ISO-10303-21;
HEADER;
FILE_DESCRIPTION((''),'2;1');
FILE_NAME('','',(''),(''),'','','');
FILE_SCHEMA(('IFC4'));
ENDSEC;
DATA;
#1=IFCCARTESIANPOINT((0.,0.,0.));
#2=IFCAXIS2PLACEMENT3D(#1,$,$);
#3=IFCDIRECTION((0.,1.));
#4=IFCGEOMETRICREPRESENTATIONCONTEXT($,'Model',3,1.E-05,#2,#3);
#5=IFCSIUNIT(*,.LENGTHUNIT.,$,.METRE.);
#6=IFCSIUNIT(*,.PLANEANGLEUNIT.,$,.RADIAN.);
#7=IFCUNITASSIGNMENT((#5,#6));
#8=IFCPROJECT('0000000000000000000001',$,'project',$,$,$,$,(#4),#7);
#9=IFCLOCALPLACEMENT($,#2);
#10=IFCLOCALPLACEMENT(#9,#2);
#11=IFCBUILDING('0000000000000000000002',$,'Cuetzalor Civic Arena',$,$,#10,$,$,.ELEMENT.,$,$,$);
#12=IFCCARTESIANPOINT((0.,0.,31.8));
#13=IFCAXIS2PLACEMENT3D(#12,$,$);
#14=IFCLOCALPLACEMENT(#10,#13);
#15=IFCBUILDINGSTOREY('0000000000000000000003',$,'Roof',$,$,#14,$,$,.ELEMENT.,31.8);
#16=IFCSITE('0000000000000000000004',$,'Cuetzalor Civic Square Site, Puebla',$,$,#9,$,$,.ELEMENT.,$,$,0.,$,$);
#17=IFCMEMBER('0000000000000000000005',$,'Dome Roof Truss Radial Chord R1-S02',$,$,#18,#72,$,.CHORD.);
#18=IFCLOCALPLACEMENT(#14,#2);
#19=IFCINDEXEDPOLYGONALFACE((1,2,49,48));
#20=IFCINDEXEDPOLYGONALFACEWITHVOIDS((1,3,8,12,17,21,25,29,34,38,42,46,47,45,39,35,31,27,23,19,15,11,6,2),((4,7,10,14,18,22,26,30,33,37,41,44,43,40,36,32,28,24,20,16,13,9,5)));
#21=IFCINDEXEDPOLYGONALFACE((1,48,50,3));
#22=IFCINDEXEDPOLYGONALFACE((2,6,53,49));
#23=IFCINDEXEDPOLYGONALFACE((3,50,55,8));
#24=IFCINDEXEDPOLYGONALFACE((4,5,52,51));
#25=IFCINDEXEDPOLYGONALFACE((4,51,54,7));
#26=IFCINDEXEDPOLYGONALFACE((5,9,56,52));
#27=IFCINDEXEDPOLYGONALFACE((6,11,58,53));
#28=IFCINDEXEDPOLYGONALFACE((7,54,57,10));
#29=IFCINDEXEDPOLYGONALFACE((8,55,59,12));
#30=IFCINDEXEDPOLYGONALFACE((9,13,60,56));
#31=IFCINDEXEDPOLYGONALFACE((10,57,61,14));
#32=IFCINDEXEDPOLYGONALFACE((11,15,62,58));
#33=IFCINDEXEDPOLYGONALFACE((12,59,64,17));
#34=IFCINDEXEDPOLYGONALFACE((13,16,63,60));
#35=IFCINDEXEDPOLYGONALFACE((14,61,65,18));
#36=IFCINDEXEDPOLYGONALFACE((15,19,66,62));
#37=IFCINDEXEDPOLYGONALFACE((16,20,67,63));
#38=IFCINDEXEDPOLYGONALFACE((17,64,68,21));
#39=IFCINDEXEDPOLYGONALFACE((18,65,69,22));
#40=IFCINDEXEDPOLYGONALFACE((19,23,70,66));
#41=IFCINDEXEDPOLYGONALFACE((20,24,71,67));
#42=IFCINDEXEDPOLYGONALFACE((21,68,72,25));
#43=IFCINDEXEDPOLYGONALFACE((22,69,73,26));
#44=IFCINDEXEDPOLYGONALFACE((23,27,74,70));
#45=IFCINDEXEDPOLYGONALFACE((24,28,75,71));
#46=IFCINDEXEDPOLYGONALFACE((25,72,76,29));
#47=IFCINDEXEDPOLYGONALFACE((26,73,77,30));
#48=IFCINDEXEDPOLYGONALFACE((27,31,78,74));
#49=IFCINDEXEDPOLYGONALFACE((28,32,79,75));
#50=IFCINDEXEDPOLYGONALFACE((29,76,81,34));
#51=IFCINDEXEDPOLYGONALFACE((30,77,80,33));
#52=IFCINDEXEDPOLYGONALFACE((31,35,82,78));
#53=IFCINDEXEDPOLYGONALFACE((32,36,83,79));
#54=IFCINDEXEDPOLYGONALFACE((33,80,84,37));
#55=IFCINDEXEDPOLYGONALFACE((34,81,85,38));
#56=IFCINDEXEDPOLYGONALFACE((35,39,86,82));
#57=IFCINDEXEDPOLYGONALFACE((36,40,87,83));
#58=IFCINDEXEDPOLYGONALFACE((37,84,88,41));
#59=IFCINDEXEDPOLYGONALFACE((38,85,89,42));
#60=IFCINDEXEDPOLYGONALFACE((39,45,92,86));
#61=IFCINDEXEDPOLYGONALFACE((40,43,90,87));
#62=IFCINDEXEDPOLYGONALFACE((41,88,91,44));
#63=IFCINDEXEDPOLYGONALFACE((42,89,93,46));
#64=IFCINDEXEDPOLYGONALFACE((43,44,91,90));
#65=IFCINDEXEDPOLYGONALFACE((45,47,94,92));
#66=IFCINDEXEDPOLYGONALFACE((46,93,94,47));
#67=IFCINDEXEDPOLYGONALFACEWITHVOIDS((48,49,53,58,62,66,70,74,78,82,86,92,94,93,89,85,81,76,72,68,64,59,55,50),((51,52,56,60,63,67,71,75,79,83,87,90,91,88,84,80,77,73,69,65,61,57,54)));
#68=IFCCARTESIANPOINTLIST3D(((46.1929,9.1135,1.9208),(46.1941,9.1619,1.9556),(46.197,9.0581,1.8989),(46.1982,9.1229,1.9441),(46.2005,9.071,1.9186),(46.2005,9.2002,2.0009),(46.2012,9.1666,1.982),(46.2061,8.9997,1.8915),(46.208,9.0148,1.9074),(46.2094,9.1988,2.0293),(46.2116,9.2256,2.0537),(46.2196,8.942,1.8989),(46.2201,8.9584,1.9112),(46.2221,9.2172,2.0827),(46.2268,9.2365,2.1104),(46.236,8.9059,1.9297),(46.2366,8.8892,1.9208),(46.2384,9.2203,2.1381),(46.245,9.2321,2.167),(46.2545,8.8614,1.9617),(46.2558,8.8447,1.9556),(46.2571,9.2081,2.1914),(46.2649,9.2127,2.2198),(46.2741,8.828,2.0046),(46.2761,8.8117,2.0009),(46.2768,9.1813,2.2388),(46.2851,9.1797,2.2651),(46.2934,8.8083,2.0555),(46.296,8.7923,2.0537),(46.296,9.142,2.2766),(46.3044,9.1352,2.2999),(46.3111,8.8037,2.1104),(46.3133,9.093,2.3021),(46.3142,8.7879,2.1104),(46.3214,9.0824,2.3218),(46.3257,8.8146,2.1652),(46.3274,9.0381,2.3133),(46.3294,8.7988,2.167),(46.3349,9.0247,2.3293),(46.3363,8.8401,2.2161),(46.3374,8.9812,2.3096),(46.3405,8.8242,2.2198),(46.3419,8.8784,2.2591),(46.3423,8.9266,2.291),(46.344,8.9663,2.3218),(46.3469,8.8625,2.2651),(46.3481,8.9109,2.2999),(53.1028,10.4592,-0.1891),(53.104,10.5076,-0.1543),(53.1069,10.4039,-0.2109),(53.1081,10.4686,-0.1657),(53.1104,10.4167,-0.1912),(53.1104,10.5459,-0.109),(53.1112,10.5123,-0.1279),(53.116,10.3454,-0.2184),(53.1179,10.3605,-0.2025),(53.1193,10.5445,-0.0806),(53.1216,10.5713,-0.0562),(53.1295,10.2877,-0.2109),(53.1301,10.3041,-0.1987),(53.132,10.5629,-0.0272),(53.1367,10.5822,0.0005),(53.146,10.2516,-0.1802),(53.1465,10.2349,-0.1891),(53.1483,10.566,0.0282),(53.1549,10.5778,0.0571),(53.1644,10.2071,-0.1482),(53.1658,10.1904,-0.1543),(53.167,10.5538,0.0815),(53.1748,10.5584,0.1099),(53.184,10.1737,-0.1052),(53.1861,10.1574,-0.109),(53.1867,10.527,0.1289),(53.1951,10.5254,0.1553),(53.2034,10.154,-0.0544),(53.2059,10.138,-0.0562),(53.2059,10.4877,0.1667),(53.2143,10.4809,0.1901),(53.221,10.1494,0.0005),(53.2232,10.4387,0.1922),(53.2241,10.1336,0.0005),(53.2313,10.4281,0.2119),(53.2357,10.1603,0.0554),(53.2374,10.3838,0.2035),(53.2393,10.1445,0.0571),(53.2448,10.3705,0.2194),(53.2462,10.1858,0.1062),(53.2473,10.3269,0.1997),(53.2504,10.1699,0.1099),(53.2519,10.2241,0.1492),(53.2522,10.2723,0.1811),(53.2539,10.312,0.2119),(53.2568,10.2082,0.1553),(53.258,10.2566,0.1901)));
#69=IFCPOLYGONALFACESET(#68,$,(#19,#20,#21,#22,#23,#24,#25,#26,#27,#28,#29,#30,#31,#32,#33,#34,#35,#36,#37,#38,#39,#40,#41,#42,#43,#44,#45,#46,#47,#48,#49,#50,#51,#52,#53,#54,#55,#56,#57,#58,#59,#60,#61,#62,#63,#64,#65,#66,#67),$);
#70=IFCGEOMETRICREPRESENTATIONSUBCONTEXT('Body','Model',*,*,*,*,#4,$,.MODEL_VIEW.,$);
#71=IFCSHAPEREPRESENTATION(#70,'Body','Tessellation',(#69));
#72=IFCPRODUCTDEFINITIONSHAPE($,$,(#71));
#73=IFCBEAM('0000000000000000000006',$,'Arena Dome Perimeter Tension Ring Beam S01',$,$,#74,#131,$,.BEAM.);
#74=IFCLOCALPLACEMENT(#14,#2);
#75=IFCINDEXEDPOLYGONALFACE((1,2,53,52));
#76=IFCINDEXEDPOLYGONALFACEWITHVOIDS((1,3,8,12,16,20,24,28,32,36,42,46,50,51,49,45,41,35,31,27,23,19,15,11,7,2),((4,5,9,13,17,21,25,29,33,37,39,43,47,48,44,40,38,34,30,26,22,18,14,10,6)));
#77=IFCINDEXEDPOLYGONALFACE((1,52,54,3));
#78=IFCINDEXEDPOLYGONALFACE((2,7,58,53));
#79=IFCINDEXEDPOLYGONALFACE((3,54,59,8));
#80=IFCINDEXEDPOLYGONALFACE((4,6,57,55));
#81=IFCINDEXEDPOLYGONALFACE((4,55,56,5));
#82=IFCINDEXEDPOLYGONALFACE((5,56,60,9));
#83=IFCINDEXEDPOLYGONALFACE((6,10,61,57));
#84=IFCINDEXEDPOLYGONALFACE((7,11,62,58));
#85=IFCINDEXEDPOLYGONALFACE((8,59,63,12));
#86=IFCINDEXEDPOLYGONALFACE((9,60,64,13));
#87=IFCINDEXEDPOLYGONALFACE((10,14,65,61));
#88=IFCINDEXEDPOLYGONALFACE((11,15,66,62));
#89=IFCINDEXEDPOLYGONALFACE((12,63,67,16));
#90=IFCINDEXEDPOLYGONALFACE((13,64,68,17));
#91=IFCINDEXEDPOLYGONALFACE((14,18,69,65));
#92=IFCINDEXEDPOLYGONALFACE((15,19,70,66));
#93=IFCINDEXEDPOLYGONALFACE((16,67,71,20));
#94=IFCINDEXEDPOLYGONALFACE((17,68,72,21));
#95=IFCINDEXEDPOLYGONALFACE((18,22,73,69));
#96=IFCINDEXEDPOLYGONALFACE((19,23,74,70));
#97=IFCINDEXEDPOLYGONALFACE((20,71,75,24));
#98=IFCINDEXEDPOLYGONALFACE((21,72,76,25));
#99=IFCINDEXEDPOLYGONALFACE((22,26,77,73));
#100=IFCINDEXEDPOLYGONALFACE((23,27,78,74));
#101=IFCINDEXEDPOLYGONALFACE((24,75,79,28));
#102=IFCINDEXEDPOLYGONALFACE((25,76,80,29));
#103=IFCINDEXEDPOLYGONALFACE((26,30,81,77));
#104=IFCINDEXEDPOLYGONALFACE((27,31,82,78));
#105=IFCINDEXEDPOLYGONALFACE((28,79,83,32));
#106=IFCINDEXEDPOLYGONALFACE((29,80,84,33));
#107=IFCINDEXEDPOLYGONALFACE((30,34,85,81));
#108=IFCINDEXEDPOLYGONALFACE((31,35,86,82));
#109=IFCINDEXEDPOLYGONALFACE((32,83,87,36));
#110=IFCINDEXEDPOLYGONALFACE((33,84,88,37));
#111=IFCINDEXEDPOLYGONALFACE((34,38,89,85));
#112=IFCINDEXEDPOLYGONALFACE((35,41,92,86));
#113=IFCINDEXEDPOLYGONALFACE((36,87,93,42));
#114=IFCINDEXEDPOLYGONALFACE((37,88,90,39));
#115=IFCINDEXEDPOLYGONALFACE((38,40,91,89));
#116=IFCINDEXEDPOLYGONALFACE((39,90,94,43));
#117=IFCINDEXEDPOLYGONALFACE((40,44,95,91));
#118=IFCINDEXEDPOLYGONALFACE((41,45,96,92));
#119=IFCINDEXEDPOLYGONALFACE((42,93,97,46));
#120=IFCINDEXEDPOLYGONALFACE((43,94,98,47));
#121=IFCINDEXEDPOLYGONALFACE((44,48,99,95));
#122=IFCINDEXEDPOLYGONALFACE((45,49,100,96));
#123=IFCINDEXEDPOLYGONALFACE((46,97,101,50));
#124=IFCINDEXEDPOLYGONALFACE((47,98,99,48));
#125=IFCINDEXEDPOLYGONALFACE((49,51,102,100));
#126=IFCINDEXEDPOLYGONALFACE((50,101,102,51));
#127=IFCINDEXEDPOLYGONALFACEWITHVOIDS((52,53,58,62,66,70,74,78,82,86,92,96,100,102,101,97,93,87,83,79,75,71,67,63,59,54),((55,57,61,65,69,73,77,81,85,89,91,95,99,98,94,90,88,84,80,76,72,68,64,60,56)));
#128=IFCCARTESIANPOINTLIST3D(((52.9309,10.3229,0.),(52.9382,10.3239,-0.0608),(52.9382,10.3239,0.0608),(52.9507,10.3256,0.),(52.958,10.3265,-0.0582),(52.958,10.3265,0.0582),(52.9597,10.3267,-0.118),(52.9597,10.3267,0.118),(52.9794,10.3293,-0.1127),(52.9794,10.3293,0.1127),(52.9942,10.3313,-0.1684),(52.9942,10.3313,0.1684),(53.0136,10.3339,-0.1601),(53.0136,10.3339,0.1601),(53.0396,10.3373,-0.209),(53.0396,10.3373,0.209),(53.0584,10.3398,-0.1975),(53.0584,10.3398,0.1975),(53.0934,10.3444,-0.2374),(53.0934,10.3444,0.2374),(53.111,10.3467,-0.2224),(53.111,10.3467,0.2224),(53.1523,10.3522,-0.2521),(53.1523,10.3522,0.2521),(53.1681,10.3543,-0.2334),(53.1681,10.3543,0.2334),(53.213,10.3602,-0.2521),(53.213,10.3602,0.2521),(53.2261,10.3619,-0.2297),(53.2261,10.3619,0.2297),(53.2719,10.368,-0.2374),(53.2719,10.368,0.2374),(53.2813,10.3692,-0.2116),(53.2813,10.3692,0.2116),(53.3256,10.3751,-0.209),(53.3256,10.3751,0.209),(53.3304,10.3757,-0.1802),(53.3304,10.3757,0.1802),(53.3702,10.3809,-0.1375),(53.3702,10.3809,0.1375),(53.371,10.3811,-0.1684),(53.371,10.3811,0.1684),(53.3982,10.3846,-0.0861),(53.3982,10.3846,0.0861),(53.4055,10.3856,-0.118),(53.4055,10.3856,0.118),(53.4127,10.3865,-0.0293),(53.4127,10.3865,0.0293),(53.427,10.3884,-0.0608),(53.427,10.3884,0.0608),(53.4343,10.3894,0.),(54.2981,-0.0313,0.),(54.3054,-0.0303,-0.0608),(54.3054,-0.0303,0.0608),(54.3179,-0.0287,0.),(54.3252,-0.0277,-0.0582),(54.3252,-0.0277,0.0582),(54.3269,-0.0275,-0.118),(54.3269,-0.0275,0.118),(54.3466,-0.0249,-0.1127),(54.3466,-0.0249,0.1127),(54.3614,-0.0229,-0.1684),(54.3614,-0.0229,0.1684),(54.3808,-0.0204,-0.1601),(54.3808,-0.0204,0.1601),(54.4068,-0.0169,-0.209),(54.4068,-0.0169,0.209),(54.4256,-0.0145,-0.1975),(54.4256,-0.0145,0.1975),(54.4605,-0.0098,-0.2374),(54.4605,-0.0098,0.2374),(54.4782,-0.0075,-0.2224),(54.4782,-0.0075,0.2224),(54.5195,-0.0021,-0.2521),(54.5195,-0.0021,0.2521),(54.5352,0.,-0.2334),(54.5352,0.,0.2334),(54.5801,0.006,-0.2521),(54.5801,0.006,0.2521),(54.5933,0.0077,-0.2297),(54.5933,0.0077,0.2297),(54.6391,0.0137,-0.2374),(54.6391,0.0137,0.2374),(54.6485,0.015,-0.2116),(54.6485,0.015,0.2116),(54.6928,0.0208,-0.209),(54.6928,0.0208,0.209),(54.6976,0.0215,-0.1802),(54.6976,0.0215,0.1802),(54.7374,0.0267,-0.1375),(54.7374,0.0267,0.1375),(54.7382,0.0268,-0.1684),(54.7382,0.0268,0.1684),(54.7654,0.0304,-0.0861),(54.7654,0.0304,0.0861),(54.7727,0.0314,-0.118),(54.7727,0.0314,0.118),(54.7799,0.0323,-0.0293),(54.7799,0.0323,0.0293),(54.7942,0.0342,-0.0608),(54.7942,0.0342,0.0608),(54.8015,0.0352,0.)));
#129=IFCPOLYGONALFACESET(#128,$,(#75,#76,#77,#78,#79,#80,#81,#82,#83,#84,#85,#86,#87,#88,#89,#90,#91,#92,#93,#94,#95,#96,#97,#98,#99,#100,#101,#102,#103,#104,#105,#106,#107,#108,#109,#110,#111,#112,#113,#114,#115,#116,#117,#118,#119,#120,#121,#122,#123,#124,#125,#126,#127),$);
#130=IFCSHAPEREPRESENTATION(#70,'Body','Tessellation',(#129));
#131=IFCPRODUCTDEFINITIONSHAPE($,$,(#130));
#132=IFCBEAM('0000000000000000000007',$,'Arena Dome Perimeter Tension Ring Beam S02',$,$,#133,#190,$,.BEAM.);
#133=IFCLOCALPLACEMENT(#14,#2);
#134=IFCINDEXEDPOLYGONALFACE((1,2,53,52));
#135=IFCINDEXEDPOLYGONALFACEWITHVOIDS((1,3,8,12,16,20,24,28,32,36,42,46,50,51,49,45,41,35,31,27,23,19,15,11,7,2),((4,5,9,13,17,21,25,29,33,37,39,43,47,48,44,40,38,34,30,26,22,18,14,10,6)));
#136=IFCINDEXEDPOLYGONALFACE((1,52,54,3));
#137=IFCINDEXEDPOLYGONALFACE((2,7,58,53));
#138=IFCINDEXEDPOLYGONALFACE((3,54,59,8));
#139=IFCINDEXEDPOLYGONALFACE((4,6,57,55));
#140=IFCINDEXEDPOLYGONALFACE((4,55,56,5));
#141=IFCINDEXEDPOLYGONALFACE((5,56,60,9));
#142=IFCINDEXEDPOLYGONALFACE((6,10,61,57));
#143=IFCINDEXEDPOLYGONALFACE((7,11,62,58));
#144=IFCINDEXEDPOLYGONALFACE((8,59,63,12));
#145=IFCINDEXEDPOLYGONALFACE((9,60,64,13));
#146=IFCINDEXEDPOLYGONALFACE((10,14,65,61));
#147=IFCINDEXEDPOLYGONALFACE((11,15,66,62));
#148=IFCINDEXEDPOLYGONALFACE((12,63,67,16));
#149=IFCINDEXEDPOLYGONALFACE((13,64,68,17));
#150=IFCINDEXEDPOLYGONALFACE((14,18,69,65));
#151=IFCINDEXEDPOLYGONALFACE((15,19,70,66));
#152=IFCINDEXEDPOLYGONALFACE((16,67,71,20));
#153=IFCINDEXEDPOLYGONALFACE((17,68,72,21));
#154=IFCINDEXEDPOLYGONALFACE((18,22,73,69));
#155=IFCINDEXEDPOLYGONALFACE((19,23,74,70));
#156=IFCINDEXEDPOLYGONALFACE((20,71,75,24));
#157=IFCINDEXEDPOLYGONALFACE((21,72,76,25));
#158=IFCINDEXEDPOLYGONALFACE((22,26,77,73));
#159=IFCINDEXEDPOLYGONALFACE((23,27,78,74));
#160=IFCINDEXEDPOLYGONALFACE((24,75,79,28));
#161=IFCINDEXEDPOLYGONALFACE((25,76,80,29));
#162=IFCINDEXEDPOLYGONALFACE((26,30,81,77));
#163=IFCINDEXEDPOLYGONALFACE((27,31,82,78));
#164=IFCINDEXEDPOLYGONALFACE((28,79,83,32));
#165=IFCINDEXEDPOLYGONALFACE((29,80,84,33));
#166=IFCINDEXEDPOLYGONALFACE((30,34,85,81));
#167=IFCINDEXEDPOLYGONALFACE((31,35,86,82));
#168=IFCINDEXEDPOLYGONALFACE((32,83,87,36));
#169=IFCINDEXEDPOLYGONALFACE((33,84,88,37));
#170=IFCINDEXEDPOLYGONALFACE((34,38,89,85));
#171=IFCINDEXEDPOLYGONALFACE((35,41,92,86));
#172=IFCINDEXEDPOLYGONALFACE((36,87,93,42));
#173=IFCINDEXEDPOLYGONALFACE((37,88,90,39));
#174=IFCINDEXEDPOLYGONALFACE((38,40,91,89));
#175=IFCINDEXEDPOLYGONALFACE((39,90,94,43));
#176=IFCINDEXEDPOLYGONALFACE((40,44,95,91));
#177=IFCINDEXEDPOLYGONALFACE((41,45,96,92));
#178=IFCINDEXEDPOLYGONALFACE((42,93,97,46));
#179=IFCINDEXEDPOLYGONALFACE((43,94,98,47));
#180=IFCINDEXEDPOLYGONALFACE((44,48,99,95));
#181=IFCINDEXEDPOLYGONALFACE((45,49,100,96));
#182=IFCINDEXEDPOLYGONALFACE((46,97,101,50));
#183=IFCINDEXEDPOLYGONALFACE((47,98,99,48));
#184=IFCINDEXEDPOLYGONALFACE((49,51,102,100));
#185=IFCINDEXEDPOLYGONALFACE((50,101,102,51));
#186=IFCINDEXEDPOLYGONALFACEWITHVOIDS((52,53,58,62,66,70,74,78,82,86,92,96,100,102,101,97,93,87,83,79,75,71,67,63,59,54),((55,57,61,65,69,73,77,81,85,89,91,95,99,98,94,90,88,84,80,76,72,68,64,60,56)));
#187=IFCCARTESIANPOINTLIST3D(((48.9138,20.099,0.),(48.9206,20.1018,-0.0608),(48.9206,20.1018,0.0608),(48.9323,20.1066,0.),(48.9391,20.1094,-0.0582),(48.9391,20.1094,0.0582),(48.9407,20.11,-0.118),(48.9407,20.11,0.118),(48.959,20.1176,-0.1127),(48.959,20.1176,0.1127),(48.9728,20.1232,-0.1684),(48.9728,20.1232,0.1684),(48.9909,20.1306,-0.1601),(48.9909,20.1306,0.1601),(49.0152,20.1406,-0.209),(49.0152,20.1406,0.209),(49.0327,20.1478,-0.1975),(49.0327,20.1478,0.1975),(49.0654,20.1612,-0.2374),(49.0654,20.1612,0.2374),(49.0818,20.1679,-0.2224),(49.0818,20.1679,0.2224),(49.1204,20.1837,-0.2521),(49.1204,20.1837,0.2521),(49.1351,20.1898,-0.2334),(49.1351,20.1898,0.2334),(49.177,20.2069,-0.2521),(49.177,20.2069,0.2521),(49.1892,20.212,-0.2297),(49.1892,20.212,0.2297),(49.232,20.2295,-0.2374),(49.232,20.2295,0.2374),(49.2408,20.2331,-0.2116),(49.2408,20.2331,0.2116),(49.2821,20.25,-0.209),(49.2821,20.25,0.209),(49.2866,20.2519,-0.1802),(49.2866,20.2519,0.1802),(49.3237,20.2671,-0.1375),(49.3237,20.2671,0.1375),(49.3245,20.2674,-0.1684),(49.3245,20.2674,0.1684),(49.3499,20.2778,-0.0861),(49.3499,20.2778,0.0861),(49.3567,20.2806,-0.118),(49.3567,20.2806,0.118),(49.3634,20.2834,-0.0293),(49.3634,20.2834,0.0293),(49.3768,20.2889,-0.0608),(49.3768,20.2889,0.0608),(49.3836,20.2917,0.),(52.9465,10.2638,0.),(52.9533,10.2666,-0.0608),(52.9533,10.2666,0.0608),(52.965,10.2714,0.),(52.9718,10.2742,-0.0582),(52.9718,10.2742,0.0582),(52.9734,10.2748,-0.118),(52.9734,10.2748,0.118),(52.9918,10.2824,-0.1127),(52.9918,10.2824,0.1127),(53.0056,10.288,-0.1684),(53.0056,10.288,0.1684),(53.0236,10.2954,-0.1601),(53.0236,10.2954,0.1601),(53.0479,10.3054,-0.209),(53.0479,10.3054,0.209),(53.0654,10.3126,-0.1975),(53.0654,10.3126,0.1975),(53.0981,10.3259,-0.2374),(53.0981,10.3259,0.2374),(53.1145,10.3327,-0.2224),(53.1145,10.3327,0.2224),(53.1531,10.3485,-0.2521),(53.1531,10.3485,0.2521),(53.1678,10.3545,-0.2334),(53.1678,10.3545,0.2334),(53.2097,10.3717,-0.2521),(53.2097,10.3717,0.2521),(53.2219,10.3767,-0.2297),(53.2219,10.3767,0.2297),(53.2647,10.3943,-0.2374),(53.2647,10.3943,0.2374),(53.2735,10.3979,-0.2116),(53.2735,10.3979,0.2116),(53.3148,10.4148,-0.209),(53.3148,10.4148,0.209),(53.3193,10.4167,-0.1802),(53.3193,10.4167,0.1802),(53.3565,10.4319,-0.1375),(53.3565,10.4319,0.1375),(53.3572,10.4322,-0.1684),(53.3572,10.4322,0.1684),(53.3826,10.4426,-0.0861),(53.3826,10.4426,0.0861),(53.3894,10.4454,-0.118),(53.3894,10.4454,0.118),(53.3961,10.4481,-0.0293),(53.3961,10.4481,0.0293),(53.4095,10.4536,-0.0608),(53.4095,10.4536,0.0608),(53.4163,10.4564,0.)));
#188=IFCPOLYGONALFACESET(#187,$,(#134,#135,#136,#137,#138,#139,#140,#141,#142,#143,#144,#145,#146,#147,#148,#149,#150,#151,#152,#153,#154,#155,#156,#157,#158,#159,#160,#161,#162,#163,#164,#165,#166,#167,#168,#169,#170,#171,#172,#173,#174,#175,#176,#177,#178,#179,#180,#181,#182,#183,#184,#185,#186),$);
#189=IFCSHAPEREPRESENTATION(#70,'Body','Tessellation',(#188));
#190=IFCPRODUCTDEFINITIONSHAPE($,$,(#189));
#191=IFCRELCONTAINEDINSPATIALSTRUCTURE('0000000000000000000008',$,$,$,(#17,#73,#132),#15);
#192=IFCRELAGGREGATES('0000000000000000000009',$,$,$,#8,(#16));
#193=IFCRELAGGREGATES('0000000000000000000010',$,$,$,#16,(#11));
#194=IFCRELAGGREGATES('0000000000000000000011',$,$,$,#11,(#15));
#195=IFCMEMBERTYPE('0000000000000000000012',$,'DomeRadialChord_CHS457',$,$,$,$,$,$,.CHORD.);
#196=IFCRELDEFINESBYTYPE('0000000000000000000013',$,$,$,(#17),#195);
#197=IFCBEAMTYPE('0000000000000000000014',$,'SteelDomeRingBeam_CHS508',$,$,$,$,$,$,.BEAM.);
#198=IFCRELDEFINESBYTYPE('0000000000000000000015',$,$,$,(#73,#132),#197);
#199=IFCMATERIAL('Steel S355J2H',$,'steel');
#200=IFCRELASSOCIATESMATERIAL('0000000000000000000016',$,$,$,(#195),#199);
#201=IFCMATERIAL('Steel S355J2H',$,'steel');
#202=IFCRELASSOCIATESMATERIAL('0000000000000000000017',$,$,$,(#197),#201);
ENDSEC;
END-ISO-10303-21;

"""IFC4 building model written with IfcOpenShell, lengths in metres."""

from ifc_helpers import new_model, si_unit, direction, frame, origin, origin_2d, place, context, subcontext, project, spatial, hollow_circle, extrude, material, material_profile, profile_set, type_object, element, save


model = new_model("IFC4")

# Units and contexts
model_context = context("Model", 3, precision=1e-05, world=origin(), true_north=direction((0.0, 1.0)))
body_context = subcontext(model_context, "Body", "Model", "MODEL_VIEW")
ifc_project = project(units=[si_unit("LENGTHUNIT", "METRE"), si_unit("PLANEANGLEUNIT", "RADIAN")], contexts=[model_context])

# Site, building, storey
site_placement = place(None, origin())
site = spatial("IfcSite", under=ifc_project, at=site_placement, Name="Cuetzalor Civic Square Site, Puebla", CompositionType="ELEMENT", RefElevation=0.0)
building_placement = place(site_placement, origin())
building = spatial("IfcBuilding", under=site, at=building_placement, Name="Cuetzalor Civic Arena", CompositionType="ELEMENT")
storey_placement = place(building_placement, frame((0.0, 0.0, 31.8)))
storey = spatial("IfcBuildingStorey", under=building, at=storey_placement, Name="Roof", CompositionType="ELEMENT", Elevation=31.8)

# Member
ifc_material_1 = material(Name="Steel S355J2H", Category="steel")
ifc_material_profile_1 = material_profile(ifc_material_1, hollow_circle(Radius=0.2285, WallThickness=0.0161, at=origin_2d()), Name="CHS 457x16")
ifc_profile_set_1 = profile_set([ifc_material_profile_1], Name="Steel S355J2H")
member_type_1 = type_object("IfcMemberType", Name="DomeRadialChord_CHS457", PredefinedType="CHORD", material=ifc_profile_set_1)
member_1_placement = place(storey_placement, frame((53.1804, 10.3579, 0.0005), z_axis=(-0.940239, -0.183111, 0.287091), x_axis=(0.191158, -0.981559, 0.0)))
element("IfcMember", 1, at=member_1_placement, inside=storey, type_object=member_type_1, Name="Dome Roof Truss Radial Chord R1-S02", PredefinedType="CHORD", context=body_context, shape_type="SweptSolid", body=[
    extrude(hollow_circle(Radius=0.2285, WallThickness=0.0161, at=origin_2d()), origin(), (0.0, 0.0, 1.0), 7.3491),
])

# Beams
ifc_material_2 = material(Name="Steel S355J2H", Category="steel")
ifc_material_profile_2 = material_profile(ifc_material_2, hollow_circle(Radius=0.2539, WallThickness=0.02, at=origin_2d()), Name="CHS 508x20")
ifc_profile_set_2 = profile_set([ifc_material_profile_2], Name="Steel S355J2H")
beam_type = type_object("IfcBeamType", Name="SteelDomeRingBeam_CHS508", PredefinedType="BEAM", material=ifc_profile_set_2)
beam_1_placement = place(storey_placement, frame((54.5498, 0.002, 0.0), z_axis=(-0.130905, 0.991395, 0.0), x_axis=(-0.991395, -0.130905, 0.0)))
element("IfcBeam", 2, at=beam_1_placement, inside=storey, type_object=beam_type, Name="Arena Dome Perimeter Tension Ring Beam S01", PredefinedType="BEAM", context=body_context, shape_type="SweptSolid", body=[
    extrude(hollow_circle(Radius=0.2539, WallThickness=0.02, at=origin_2d()), origin(), (0.0, 0.0, 1.0), 10.4441),
])
beam_2_placement = place(storey_placement, frame((53.1814, 10.3601, 0.0), z_axis=(-0.379376, 0.925243, 0.0), x_axis=(-0.925243, -0.379376, 0.0)))
element("IfcBeam", 3, at=beam_2_placement, inside=storey, type_object=beam_type, Name="Arena Dome Perimeter Tension Ring Beam S02", PredefinedType="BEAM", context=body_context, shape_type="SweptSolid", body=[
    extrude(hollow_circle(Radius=0.2539, WallThickness=0.02, at=origin_2d()), origin(), (0.0, 0.0, 1.0), 10.6299),
])

save(model, "model.ifc")
